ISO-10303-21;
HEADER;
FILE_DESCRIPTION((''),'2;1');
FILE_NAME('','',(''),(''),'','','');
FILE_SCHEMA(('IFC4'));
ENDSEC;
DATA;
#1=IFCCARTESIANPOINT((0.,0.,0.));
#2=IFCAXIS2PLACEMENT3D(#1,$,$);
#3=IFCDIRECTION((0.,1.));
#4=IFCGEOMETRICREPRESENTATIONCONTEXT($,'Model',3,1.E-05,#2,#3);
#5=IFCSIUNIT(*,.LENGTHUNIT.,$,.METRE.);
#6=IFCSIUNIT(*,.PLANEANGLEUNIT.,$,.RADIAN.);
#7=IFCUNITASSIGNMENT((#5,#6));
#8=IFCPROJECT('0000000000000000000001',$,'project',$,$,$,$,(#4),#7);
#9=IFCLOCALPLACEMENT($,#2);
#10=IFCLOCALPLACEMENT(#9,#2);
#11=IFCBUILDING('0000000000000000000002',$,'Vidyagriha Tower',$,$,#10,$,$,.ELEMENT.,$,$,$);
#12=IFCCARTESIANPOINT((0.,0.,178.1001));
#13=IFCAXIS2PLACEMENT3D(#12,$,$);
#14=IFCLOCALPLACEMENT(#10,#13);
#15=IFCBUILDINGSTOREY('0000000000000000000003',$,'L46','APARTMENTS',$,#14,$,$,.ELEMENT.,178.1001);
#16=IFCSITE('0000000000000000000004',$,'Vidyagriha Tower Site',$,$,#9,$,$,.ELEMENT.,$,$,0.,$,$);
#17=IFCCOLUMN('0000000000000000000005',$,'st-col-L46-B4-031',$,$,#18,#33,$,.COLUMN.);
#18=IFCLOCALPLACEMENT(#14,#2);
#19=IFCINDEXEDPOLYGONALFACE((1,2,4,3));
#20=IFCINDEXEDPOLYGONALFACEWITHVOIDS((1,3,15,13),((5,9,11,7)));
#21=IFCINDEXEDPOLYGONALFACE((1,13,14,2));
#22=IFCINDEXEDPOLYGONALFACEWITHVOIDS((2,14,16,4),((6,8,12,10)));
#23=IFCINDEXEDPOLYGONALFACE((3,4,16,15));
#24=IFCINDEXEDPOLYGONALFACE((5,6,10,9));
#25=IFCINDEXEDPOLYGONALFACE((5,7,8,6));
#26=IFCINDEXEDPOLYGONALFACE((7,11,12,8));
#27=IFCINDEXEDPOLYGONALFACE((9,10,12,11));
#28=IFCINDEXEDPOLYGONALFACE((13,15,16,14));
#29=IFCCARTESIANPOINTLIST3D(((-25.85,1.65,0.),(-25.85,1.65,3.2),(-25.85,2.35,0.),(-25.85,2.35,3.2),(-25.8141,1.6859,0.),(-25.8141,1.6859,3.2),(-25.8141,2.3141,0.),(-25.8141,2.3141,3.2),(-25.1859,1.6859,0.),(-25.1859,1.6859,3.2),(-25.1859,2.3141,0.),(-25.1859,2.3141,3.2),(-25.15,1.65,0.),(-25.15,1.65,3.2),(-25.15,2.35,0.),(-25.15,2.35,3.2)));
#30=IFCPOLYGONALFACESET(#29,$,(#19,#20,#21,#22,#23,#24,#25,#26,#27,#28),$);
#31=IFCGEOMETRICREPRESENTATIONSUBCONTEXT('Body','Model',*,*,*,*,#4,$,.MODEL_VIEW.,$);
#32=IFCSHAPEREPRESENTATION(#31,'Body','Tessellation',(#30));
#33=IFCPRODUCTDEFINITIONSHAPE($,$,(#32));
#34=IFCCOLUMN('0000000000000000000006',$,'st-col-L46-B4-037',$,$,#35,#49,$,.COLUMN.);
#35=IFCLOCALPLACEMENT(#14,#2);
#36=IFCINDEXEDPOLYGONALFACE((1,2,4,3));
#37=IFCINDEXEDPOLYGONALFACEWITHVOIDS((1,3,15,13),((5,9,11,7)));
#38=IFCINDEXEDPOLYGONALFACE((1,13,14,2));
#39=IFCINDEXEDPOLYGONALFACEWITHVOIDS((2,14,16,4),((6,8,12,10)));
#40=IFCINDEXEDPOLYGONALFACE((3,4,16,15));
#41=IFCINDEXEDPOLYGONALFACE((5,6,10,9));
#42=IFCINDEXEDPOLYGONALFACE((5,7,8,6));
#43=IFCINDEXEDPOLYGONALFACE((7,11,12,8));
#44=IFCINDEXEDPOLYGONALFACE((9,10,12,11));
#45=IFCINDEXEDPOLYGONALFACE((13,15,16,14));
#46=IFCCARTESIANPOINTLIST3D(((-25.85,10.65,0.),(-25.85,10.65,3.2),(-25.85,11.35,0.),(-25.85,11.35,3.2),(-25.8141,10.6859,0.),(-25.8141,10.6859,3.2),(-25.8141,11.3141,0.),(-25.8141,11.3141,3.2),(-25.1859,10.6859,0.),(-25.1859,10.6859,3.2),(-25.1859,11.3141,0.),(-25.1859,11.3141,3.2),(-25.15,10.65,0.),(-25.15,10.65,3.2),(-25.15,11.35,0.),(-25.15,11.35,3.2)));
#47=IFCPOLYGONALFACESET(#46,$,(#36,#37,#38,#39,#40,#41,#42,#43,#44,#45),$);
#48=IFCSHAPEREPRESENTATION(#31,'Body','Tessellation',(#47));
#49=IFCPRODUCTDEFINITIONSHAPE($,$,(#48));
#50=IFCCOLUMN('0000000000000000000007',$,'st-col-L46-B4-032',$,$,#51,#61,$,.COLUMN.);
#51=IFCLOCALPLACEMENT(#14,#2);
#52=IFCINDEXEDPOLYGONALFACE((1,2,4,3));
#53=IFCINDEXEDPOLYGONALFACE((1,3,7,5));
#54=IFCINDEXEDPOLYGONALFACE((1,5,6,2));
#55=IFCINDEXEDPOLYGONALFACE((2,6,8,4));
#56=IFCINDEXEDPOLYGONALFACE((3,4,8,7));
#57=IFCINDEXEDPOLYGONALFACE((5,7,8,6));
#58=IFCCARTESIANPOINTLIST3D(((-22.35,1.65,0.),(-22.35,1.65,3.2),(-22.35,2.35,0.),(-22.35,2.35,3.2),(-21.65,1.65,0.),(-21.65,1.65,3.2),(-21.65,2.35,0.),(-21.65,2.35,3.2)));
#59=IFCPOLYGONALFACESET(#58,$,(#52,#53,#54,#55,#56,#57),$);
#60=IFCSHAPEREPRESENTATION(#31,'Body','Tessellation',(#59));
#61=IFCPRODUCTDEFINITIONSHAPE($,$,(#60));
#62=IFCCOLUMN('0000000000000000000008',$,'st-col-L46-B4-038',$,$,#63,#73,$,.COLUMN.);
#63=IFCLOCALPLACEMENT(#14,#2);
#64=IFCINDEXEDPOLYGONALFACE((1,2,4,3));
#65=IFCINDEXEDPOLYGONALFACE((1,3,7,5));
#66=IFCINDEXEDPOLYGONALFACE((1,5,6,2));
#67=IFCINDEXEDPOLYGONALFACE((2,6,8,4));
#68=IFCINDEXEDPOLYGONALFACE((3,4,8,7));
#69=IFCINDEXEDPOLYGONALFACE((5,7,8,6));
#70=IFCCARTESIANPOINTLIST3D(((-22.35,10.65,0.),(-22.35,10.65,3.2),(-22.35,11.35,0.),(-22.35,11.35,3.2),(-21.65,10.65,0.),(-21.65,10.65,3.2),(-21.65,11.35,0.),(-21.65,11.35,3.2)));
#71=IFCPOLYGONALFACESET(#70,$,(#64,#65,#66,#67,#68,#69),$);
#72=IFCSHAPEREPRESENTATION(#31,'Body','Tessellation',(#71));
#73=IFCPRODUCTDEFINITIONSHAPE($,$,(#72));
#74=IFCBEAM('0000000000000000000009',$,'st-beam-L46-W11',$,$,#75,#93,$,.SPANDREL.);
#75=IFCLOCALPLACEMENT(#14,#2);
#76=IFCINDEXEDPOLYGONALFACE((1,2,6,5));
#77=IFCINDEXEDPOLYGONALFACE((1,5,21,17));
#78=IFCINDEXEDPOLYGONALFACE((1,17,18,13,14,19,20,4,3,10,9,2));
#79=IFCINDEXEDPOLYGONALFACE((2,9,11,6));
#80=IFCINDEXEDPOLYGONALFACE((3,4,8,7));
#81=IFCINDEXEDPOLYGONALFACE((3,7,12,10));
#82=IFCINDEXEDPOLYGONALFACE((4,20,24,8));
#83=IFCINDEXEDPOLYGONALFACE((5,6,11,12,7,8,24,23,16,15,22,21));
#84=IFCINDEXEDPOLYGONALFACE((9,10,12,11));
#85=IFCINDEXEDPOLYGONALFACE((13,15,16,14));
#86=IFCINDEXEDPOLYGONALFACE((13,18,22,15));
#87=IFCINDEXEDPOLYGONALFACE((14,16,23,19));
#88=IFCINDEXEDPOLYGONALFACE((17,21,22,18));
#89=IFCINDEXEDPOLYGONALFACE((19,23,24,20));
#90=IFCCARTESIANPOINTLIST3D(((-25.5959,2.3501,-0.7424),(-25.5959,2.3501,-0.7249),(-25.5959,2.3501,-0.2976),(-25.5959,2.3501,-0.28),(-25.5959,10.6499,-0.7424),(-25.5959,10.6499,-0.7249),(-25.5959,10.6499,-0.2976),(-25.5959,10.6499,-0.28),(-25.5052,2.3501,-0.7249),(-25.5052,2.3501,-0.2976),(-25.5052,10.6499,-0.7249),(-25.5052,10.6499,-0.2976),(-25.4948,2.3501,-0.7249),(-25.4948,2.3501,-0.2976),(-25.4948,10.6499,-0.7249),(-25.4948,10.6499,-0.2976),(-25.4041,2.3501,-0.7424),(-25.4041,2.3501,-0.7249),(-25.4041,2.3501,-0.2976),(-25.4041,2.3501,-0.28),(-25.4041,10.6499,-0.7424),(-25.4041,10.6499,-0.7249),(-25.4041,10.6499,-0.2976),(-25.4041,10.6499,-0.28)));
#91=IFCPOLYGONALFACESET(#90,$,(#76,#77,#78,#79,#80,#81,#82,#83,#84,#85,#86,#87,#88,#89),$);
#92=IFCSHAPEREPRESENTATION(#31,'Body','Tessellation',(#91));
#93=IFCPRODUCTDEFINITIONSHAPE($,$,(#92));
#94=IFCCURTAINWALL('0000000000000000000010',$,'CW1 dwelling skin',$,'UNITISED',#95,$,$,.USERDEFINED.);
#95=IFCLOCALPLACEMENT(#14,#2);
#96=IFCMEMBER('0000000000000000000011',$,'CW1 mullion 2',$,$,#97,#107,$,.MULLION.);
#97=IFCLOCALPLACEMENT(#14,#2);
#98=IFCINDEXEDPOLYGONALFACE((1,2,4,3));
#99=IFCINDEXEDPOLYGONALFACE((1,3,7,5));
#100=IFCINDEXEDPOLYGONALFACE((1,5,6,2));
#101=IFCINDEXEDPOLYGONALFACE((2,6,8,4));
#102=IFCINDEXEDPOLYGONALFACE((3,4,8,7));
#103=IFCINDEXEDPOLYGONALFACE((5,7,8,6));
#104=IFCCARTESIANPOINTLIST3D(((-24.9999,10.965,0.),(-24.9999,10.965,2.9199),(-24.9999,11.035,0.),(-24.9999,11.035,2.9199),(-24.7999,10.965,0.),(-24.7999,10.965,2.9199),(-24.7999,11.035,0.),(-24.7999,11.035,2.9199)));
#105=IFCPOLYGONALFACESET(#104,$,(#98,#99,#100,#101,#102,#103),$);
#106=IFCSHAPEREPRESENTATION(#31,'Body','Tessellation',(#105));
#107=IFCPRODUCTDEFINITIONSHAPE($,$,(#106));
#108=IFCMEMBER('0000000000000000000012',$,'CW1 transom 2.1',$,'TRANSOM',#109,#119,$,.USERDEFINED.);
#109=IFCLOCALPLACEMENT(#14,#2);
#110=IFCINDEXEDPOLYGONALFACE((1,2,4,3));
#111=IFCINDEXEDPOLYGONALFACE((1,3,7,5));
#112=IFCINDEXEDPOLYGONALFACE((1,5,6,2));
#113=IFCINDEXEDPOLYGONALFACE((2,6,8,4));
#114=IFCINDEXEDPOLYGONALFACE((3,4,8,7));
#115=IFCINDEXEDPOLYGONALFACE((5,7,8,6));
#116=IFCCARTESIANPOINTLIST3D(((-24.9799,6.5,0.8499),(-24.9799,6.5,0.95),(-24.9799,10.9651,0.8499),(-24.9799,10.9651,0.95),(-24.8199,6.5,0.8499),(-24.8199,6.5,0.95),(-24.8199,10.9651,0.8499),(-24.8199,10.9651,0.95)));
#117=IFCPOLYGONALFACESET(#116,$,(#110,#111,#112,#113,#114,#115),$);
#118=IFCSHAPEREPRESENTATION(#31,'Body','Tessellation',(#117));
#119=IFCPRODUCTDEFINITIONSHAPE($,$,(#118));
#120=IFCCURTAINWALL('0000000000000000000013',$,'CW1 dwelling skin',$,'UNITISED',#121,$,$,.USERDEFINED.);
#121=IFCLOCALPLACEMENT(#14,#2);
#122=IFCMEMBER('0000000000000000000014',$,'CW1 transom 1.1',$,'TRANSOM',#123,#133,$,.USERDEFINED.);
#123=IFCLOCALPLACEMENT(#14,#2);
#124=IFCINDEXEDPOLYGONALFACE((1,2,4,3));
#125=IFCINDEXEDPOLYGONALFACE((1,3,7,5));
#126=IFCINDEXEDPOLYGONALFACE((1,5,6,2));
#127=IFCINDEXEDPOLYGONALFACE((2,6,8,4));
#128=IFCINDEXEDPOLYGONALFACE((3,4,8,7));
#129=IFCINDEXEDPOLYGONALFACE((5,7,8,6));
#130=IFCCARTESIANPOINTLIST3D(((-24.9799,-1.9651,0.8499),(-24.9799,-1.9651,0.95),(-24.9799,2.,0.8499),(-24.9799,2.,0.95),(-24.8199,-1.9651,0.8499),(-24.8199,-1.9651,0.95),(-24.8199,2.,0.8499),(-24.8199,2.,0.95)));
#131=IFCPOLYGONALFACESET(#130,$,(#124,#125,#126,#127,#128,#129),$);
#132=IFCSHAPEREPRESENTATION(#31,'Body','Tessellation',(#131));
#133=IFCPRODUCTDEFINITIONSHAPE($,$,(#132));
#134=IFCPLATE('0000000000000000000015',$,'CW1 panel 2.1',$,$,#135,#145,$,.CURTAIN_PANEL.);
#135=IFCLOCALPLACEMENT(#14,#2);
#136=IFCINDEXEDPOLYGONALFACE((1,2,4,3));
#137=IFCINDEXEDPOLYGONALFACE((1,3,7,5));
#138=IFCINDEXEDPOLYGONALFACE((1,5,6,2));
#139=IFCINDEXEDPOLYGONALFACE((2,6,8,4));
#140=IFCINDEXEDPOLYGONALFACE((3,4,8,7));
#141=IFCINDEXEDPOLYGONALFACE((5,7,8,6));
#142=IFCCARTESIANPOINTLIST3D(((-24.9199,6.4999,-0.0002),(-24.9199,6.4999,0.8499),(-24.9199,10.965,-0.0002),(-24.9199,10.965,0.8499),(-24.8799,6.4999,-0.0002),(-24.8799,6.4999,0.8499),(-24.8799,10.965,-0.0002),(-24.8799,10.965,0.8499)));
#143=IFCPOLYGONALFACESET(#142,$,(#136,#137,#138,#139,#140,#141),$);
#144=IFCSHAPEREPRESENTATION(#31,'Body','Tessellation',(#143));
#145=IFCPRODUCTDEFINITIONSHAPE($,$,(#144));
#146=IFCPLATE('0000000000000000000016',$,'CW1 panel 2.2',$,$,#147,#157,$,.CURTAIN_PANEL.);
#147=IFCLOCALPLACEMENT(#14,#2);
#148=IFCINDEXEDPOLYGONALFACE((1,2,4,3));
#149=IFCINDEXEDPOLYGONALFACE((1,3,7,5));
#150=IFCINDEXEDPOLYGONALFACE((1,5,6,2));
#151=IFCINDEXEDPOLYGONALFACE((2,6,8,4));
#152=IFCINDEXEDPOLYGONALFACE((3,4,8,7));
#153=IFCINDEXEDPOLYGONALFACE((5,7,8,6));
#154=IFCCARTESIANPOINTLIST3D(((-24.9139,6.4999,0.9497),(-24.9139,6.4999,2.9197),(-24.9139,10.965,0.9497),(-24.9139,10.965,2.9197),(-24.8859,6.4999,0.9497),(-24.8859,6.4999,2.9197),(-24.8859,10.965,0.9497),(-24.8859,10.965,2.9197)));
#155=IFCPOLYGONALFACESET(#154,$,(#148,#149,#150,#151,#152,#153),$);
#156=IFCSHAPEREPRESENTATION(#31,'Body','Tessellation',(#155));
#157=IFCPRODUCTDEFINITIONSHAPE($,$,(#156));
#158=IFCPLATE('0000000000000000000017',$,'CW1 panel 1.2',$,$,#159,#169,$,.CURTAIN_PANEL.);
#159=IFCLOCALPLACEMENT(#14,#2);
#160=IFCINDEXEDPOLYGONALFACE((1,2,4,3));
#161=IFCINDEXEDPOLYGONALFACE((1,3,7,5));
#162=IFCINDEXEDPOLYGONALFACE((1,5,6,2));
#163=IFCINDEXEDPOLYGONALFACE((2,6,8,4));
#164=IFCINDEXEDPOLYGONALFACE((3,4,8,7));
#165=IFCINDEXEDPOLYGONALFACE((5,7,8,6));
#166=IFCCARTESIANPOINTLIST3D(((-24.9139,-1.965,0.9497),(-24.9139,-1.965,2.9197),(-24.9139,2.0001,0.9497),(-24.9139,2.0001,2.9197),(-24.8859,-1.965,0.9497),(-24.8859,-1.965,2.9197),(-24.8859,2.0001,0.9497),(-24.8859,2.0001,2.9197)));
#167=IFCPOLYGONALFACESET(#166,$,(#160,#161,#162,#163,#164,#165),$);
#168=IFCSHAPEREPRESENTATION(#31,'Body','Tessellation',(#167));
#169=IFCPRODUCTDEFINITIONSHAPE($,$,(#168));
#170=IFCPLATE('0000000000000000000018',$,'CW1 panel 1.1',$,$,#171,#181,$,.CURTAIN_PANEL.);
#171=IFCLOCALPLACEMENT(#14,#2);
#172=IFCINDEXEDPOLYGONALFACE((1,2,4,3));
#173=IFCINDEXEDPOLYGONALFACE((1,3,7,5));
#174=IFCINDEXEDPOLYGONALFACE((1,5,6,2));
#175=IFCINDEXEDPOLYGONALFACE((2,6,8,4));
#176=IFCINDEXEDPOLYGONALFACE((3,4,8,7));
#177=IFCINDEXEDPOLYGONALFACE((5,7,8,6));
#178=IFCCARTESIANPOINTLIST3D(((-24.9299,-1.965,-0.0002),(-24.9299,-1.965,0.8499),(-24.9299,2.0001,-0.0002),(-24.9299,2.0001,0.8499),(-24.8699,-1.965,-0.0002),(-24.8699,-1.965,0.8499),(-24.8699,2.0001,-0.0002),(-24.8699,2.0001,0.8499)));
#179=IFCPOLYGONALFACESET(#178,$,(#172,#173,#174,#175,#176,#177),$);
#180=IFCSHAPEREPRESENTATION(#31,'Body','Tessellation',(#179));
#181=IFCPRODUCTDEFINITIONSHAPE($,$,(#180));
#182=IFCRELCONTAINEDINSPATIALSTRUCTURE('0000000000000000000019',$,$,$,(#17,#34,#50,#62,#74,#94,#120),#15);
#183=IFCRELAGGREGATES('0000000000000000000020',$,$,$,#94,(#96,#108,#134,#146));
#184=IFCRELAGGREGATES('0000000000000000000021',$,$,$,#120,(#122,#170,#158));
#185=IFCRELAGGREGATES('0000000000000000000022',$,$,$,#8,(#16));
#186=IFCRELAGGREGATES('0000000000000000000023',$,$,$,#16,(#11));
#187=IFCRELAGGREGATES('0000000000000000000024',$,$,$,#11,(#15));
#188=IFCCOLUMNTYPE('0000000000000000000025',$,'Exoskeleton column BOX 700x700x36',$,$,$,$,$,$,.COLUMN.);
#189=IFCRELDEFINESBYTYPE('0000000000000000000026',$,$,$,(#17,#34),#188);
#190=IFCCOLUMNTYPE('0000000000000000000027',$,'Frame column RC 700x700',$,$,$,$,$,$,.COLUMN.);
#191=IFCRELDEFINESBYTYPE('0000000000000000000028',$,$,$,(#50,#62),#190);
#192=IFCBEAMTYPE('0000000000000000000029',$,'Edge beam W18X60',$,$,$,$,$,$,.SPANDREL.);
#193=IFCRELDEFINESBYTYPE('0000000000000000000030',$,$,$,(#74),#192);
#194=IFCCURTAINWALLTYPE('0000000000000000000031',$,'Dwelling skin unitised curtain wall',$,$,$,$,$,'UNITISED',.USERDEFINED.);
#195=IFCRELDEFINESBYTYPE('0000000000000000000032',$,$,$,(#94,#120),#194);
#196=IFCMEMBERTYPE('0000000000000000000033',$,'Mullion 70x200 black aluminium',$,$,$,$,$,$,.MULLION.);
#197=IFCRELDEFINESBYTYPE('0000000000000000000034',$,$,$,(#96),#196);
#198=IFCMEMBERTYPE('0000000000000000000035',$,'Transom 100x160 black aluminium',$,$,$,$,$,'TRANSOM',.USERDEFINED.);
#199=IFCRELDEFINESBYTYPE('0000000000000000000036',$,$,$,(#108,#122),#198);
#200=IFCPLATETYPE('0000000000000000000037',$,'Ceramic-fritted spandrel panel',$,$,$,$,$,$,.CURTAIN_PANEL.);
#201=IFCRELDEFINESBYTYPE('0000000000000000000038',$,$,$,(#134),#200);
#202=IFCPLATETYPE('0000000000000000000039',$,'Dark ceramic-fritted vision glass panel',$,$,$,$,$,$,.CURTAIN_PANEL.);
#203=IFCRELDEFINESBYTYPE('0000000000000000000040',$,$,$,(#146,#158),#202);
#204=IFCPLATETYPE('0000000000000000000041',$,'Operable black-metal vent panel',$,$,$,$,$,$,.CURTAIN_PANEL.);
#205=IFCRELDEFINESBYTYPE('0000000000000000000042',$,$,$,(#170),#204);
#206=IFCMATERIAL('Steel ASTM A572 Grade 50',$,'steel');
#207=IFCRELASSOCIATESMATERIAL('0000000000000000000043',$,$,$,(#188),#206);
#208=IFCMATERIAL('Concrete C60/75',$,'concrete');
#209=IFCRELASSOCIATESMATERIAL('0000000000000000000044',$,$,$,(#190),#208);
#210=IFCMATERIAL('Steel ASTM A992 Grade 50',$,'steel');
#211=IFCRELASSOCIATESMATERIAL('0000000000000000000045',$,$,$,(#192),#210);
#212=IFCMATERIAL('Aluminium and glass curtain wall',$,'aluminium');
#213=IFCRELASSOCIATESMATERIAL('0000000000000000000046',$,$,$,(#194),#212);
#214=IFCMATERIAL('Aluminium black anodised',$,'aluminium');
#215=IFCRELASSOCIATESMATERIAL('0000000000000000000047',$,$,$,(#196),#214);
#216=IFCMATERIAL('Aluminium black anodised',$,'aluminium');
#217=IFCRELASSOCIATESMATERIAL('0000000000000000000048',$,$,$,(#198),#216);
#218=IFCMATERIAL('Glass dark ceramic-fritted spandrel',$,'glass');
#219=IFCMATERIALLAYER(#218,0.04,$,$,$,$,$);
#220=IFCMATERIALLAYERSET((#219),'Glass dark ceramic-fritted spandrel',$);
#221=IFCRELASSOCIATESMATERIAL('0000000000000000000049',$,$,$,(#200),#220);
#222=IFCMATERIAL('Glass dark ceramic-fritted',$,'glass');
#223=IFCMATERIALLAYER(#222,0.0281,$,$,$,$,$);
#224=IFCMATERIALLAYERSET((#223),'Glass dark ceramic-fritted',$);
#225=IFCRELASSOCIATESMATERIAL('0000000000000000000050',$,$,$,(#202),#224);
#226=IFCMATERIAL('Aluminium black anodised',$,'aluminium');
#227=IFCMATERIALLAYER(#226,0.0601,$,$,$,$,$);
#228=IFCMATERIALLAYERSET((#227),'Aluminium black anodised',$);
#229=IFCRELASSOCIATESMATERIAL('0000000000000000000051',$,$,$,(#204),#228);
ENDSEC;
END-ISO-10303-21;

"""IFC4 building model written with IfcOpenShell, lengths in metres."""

from ifc_helpers import new_model, si_unit, direction, frame, origin, origin_2d, place, context, subcontext, project, spatial, rectangle, hollow_rectangle, i_section, extrude, material, layer, layer_set, material_profile, profile_set, type_object, element, aggregate, save


model = new_model("IFC4")

# Units and contexts
model_context = context("Model", 3, precision=1e-05, world=origin(), true_north=direction((0.0, 1.0)))
body_context = subcontext(model_context, "Body", "Model", "MODEL_VIEW")
ifc_project = project(units=[si_unit("LENGTHUNIT", "METRE"), si_unit("PLANEANGLEUNIT", "RADIAN")], contexts=[model_context])

# Site, building, storey
site_placement = place(None, origin())
site = spatial("IfcSite", under=ifc_project, at=site_placement, Name="Vidyagriha Tower Site", CompositionType="ELEMENT", RefElevation=0.0)
building_placement = place(site_placement, origin())
building = spatial("IfcBuilding", under=site, at=building_placement, Name="Vidyagriha Tower", CompositionType="ELEMENT")
storey_placement = place(building_placement, frame((0.0, 0.0, 178.1001)))
storey = spatial("IfcBuildingStorey", under=building, at=storey_placement, Name="L46", Description="APARTMENTS", CompositionType="ELEMENT", Elevation=178.1001)

# Columns
ifc_material_1 = material(Name="Steel ASTM A572 Grade 50", Category="steel")
ifc_material_profile_1 = material_profile(ifc_material_1, hollow_rectangle(XDim=0.7, YDim=0.7, WallThickness=0.0359, at=origin_2d()), Name="BOX 700x700x36")
ifc_profile_set_1 = profile_set([ifc_material_profile_1], Name="Steel ASTM A572 Grade 50")
column_type_1 = type_object("IfcColumnType", Name="Exoskeleton column BOX 700x700x36", PredefinedType="COLUMN", material=ifc_profile_set_1)
for number, where, name in (
    (1, (-25.5, 2.0, 0.0), "st-col-L46-B4-031"),
    (2, (-25.5, 11.0, 0.0), "st-col-L46-B4-037"),
):
    element("IfcColumn", number, at=place(storey_placement, frame(where)), inside=storey, type_object=column_type_1, Name=name, PredefinedType="COLUMN", context=body_context, shape_type="SweptSolid", body=[
        extrude(hollow_rectangle(XDim=0.7, YDim=0.7, WallThickness=0.0359, at=origin_2d()), origin(), (0.0, 0.0, 1.0), 3.2),
    ])
ifc_material_2 = material(Name="Concrete C60/75", Category="concrete")
ifc_material_profile_2 = material_profile(ifc_material_2, rectangle(XDim=0.7, YDim=0.7, at=origin_2d()), Name="RC 700x700")
ifc_profile_set_2 = profile_set([ifc_material_profile_2], Name="Concrete C60/75")
column_type_2 = type_object("IfcColumnType", Name="Frame column RC 700x700", PredefinedType="COLUMN", material=ifc_profile_set_2)
for number, where, name in (
    (3, (-22.0, 2.0, 0.0), "st-col-L46-B4-032"),
    (4, (-22.0, 11.0, 0.0), "st-col-L46-B4-038"),
):
    element("IfcColumn", number, at=place(storey_placement, frame(where)), inside=storey, type_object=column_type_2, Name=name, PredefinedType="COLUMN", context=body_context, shape_type="SweptSolid", body=[
        extrude(rectangle(XDim=0.7, YDim=0.7, at=origin_2d()), origin(), (0.0, 0.0, 1.0), 3.2),
    ])

# Beam
ifc_material_3 = material(Name="Steel ASTM A992 Grade 50", Category="steel")
ifc_material_profile_3 = material_profile(ifc_material_3, i_section(OverallWidth=0.1919, OverallDepth=0.4624, WebThickness=0.0105, FlangeThickness=0.0176, at=origin_2d()), Name="W18X60")
ifc_profile_set_3 = profile_set([ifc_material_profile_3], Name="Steel ASTM A992 Grade 50")
beam_type = type_object("IfcBeamType", Name="Edge beam W18X60", PredefinedType="SPANDREL", material=ifc_profile_set_3)
beam_placement = place(storey_placement, frame((-25.5, 2.3501, -0.5112), z_axis=(0.0, 1.0, 0.0), x_axis=(-1.0, 0.0, 0.0)))
element("IfcBeam", 5, at=beam_placement, inside=storey, type_object=beam_type, Name="st-beam-L46-W11", PredefinedType="SPANDREL", context=body_context, shape_type="SweptSolid", body=[
    extrude(i_section(OverallWidth=0.1919, OverallDepth=0.4624, WebThickness=0.0105, FlangeThickness=0.0176, at=origin_2d()), origin(), (0.0, 0.0, 1.0), 8.2998),
])

# Curtain wall, members
ifc_material_4 = material(Name="Aluminium and glass curtain wall", Category="aluminium")
curtain_wall_type = type_object("IfcCurtainWallType", Name="Dwelling skin unitised curtain wall", ElementType="UNITISED", PredefinedType="USERDEFINED", material=ifc_material_4)
curtain_wall_1_placement = place(storey_placement, origin())
curtain_wall_1 = element("IfcCurtainWall", 6, at=curtain_wall_1_placement, inside=storey, type_object=curtain_wall_type, Name="CW1 dwelling skin", ObjectType="UNITISED", PredefinedType="USERDEFINED")
ifc_material_5 = material(Name="Aluminium black anodised", Category="aluminium")
ifc_material_profile_4 = material_profile(ifc_material_5, rectangle(XDim=0.2, YDim=0.0701, at=origin_2d()), Name="Mullion 70x200 black aluminium")
ifc_profile_set_4 = profile_set([ifc_material_profile_4], Name="Aluminium black anodised")
member_type_1 = type_object("IfcMemberType", Name="Mullion 70x200 black aluminium", PredefinedType="MULLION", material=ifc_profile_set_4)
member_1_placement = place(storey_placement, frame((-24.8999, 11.0, 0.0)))
member_1 = element("IfcMember", 7, at=member_1_placement, type_object=member_type_1, Name="CW1 mullion 2", PredefinedType="MULLION", context=body_context, shape_type="SweptSolid", body=[
    extrude(rectangle(XDim=0.2, YDim=0.0701, at=origin_2d()), origin(), (0.0, 0.0, 1.0), 2.9199),
])
ifc_material_6 = material(Name="Aluminium black anodised", Category="aluminium")
ifc_material_profile_5 = material_profile(ifc_material_6, rectangle(XDim=0.1599, YDim=0.1001, at=origin_2d()), Name="Transom 100x160 black aluminium")
ifc_profile_set_5 = profile_set([ifc_material_profile_5], Name="Aluminium black anodised")
member_type_2 = type_object("IfcMemberType", Name="Transom 100x160 black aluminium", ElementType="TRANSOM", PredefinedType="USERDEFINED", material=ifc_profile_set_5)
member_2_placement = place(storey_placement, frame((-24.8999, 10.9651, 0.8999), z_axis=(0.0, -1.0, 0.0), x_axis=(1.0, 0.0, 0.0)))
member_2 = element("IfcMember", 8, at=member_2_placement, type_object=member_type_2, Name="CW1 transom 2.1", ObjectType="TRANSOM", PredefinedType="USERDEFINED", context=body_context, shape_type="SweptSolid", body=[
    extrude(rectangle(XDim=0.1599, YDim=0.1001, at=origin_2d()), origin(), (0.0, 0.0, 1.0), 4.4651),
])

# Curtain wall, member
curtain_wall_2_placement = place(storey_placement, origin())
curtain_wall_2 = element("IfcCurtainWall", 9, at=curtain_wall_2_placement, inside=storey, type_object=curtain_wall_type, Name="CW1 dwelling skin", ObjectType="UNITISED", PredefinedType="USERDEFINED")
member_3_placement = place(storey_placement, frame((-24.8999, 2.0, 0.8999), z_axis=(0.0, -1.0, 0.0), x_axis=(1.0, 0.0, 0.0)))
member_3 = element("IfcMember", 10, at=member_3_placement, type_object=member_type_2, Name="CW1 transom 1.1", ObjectType="TRANSOM", PredefinedType="USERDEFINED", context=body_context, shape_type="SweptSolid", body=[
    extrude(rectangle(XDim=0.1599, YDim=0.1001, at=origin_2d()), origin(), (0.0, 0.0, 1.0), 3.9651),
])

# Plates
ifc_material_7 = material(Name="Glass dark ceramic-fritted spandrel", Category="glass")
ifc_layer_1 = layer(ifc_material_7, 0.04)
ifc_layer_set_1 = layer_set([ifc_layer_1], Name="Glass dark ceramic-fritted spandrel")
plate_type_1 = type_object("IfcPlateType", Name="Ceramic-fritted spandrel panel", PredefinedType="CURTAIN_PANEL", material=ifc_layer_set_1)
plate_1_placement = place(storey_placement, frame((-24.8999, 8.7324, -0.0002), z_axis=(0.0, 0.0, 1.0), x_axis=(0.0, -1.0, 0.0)))
plate_1 = element("IfcPlate", 11, at=plate_1_placement, type_object=plate_type_1, Name="CW1 panel 2.1", PredefinedType="CURTAIN_PANEL", context=body_context, shape_type="SweptSolid", body=[
    extrude(rectangle(XDim=4.4651, YDim=0.04, at=origin_2d()), origin(), (0.0, 0.0, 1.0), 0.8501),
])
ifc_material_8 = material(Name="Glass dark ceramic-fritted", Category="glass")
ifc_layer_2 = layer(ifc_material_8, 0.0281)
ifc_layer_set_2 = layer_set([ifc_layer_2], Name="Glass dark ceramic-fritted")
plate_type_2 = type_object("IfcPlateType", Name="Dark ceramic-fritted vision glass panel", PredefinedType="CURTAIN_PANEL", material=ifc_layer_set_2)
plate_2_placement = place(storey_placement, frame((-24.8999, 8.7324, 0.9497), z_axis=(0.0, 0.0, 1.0), x_axis=(0.0, -1.0, 0.0)))
plate_2 = element("IfcPlate", 12, at=plate_2_placement, type_object=plate_type_2, Name="CW1 panel 2.2", PredefinedType="CURTAIN_PANEL", context=body_context, shape_type="SweptSolid", body=[
    extrude(rectangle(XDim=4.4651, YDim=0.0281, at=origin_2d()), origin(), (0.0, 0.0, 1.0), 1.97),
])
aggregate(curtain_wall_1, [member_1, member_2, plate_1, plate_2])
plate_3_placement = place(storey_placement, frame((-24.8999, 0.0176, 0.9497), z_axis=(0.0, 0.0, 1.0), x_axis=(0.0, -1.0, 0.0)))
plate_3 = element("IfcPlate", 13, at=plate_3_placement, type_object=plate_type_2, Name="CW1 panel 1.2", PredefinedType="CURTAIN_PANEL", context=body_context, shape_type="SweptSolid", body=[
    extrude(rectangle(XDim=3.9651, YDim=0.0281, at=origin_2d()), origin(), (0.0, 0.0, 1.0), 1.97),
])
ifc_material_9 = material(Name="Aluminium black anodised", Category="aluminium")
ifc_layer_3 = layer(ifc_material_9, 0.0601)
ifc_layer_set_3 = layer_set([ifc_layer_3], Name="Aluminium black anodised")
plate_type_3 = type_object("IfcPlateType", Name="Operable black-metal vent panel", PredefinedType="CURTAIN_PANEL", material=ifc_layer_set_3)
plate_4_placement = place(storey_placement, frame((-24.8999, 0.0176, -0.0002), z_axis=(0.0, 0.0, 1.0), x_axis=(0.0, -1.0, 0.0)))
plate_4 = element("IfcPlate", 14, at=plate_4_placement, type_object=plate_type_3, Name="CW1 panel 1.1", PredefinedType="CURTAIN_PANEL", context=body_context, shape_type="SweptSolid", body=[
    extrude(rectangle(XDim=3.9651, YDim=0.0601, at=origin_2d()), origin(), (0.0, 0.0, 1.0), 0.8501),
])
aggregate(curtain_wall_2, [member_3, plate_4, plate_3])

save(model, "model.ifc")
